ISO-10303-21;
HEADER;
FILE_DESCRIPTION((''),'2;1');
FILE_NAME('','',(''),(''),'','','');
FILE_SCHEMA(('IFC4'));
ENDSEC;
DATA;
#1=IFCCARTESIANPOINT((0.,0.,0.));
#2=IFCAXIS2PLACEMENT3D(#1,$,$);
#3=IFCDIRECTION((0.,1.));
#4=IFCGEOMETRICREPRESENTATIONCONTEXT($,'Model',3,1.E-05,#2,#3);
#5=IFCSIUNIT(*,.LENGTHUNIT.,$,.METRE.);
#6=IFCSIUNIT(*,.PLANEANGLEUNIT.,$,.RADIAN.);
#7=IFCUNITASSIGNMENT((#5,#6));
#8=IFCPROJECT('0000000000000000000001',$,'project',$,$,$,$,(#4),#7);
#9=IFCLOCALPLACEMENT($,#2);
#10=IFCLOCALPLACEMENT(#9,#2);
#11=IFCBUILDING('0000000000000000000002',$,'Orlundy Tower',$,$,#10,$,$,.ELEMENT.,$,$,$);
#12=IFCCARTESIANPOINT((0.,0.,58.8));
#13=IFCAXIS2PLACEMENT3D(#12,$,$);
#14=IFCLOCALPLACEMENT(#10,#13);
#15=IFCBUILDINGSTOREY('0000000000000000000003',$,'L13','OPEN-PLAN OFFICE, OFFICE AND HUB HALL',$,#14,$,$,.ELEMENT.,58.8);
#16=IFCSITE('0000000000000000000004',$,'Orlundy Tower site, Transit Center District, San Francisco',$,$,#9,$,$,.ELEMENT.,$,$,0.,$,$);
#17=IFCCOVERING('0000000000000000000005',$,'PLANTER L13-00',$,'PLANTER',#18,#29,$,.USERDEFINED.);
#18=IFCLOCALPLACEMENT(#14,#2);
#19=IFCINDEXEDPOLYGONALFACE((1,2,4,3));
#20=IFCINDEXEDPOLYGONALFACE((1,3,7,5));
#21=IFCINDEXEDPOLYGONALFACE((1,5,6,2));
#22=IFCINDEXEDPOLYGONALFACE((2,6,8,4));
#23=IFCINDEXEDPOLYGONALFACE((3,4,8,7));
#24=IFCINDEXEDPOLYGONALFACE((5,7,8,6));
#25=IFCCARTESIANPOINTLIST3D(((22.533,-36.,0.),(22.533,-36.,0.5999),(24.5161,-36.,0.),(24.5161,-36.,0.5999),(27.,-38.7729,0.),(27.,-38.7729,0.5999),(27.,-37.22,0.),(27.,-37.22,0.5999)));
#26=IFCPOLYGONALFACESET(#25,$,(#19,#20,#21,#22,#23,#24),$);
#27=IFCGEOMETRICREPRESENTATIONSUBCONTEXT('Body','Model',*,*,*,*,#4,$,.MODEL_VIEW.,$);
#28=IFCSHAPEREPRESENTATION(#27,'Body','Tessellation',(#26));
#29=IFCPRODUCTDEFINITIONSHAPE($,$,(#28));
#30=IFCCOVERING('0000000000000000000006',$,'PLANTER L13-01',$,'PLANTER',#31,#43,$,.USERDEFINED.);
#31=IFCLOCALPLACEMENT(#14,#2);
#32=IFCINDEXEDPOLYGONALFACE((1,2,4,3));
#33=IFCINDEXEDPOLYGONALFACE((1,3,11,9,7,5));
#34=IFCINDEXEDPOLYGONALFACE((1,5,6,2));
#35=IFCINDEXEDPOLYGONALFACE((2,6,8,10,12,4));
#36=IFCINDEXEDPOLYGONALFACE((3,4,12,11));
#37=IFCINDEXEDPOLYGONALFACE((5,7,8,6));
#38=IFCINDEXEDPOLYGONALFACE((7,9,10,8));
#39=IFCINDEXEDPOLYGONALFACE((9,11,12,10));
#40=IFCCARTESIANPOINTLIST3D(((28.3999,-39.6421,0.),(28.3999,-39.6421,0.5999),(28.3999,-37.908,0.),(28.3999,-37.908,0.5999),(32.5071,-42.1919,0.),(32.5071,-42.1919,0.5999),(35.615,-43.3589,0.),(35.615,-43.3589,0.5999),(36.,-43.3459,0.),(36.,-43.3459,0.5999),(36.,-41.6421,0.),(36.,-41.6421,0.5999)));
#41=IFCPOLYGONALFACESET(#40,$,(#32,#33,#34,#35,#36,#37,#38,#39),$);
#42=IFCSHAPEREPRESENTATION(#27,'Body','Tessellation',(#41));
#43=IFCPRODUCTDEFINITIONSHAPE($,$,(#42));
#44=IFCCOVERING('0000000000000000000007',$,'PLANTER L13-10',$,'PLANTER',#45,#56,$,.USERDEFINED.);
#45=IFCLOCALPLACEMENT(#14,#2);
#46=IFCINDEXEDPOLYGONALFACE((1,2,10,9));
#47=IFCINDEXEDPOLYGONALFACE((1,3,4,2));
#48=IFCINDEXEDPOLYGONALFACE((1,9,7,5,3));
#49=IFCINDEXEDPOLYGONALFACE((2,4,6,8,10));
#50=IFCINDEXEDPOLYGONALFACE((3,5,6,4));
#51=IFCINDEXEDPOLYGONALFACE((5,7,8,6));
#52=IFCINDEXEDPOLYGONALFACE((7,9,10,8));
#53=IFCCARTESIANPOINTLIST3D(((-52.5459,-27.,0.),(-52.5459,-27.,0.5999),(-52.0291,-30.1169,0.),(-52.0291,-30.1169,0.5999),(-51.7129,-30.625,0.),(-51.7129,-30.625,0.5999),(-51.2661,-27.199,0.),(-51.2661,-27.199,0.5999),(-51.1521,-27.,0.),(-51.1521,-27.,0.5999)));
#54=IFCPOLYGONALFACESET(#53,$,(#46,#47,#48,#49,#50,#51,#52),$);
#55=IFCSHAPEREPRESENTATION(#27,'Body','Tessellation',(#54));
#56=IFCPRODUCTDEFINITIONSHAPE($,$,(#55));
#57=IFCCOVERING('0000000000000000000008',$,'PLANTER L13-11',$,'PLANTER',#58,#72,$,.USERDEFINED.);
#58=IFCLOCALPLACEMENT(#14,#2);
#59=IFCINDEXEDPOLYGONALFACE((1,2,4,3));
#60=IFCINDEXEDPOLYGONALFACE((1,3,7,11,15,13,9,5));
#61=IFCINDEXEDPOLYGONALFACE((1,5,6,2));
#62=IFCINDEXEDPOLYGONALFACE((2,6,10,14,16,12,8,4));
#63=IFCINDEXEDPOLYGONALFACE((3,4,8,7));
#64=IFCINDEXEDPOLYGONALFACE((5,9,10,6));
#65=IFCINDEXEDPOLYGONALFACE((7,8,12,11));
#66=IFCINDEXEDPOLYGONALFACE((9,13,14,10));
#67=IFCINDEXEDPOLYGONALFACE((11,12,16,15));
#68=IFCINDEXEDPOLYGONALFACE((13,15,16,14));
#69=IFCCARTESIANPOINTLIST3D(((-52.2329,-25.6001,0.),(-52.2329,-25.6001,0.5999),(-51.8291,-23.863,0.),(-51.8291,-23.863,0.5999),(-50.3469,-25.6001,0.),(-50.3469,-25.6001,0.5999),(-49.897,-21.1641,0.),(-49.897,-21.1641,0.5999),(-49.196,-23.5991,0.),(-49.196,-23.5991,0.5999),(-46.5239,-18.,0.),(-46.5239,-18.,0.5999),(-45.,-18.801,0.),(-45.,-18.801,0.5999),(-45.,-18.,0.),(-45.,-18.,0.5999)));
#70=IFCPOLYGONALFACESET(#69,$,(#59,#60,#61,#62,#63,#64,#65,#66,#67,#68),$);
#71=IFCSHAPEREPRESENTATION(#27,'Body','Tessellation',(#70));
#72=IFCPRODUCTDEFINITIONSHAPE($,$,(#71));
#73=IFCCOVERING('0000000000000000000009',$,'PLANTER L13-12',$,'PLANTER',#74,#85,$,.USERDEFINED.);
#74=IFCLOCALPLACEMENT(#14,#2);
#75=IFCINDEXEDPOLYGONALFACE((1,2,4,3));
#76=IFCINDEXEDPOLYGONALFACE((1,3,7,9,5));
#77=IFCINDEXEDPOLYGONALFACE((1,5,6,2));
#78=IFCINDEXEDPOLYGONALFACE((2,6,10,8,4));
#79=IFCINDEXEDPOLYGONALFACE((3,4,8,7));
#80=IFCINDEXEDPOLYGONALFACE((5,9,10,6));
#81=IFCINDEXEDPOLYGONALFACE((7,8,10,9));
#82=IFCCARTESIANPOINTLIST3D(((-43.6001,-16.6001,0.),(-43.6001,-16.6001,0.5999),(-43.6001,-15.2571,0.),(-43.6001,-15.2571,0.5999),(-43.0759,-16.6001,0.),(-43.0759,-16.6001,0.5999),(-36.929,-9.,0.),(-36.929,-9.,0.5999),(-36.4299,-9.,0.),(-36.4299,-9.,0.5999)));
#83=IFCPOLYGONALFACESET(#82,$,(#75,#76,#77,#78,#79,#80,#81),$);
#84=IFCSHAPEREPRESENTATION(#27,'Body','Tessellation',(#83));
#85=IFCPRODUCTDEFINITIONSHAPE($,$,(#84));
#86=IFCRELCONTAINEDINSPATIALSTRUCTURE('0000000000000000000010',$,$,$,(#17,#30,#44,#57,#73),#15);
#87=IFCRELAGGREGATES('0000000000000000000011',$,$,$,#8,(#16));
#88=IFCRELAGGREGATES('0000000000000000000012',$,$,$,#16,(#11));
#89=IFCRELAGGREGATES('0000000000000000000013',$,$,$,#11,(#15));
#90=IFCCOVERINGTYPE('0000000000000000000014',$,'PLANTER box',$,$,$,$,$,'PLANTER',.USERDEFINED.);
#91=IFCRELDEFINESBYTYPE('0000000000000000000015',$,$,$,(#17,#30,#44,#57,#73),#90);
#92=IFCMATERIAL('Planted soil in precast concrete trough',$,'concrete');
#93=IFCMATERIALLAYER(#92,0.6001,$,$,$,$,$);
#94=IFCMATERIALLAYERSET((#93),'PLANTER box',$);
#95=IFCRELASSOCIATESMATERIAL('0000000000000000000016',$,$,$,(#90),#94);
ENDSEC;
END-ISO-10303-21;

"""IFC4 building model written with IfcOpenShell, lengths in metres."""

from ifc_helpers import new_model, si_unit, direction, frame, origin, place, context, subcontext, project, spatial, polyline, outline, extrude, material, layer, layer_set, type_object, element, save


model = new_model("IFC4")

# Units and contexts
model_context = context("Model", 3, precision=1e-05, world=origin(), true_north=direction((0.0, 1.0)))
body_context = subcontext(model_context, "Body", "Model", "MODEL_VIEW")
ifc_project = project(units=[si_unit("LENGTHUNIT", "METRE"), si_unit("PLANEANGLEUNIT", "RADIAN")], contexts=[model_context])

# Site, building, storey
site_placement = place(None, origin())
site = spatial("IfcSite", under=ifc_project, at=site_placement, Name="Orlundy Tower site, Transit Center District, San Francisco", CompositionType="ELEMENT", RefElevation=0.0)
building_placement = place(site_placement, origin())
building = spatial("IfcBuilding", under=site, at=building_placement, Name="Orlundy Tower", CompositionType="ELEMENT")
storey_placement = place(building_placement, frame((0.0, 0.0, 58.8)))
storey = spatial("IfcBuildingStorey", under=building, at=storey_placement, Name="L13", Description="OPEN-PLAN OFFICE, OFFICE AND HUB HALL", CompositionType="ELEMENT", Elevation=58.8)

# Coverings
ifc_material_1 = material(Name="Planted soil in precast concrete trough", Category="concrete")
ifc_layer_1 = layer(ifc_material_1, 0.6001)
ifc_layer_set_1 = layer_set([ifc_layer_1], Name="PLANTER box")
covering_type = type_object("IfcCoveringType", Name="PLANTER box", ElementType="PLANTER", PredefinedType="USERDEFINED", material=ifc_layer_set_1)
covering_1_placement = place(storey_placement, origin())
element("IfcCovering", 1, at=covering_1_placement, inside=storey, type_object=covering_type, Name="PLANTER L13-00", ObjectType="PLANTER", PredefinedType="USERDEFINED", context=body_context, shape_type="SweptSolid", body=[
    extrude(outline(polyline([(22.533, -36.0), (24.5161, -36.0), (27.0, -37.22), (27.0, -38.7729), (22.533, -36.0)])), origin(), (0.0, 0.0, 1.0), 0.5999),
])
covering_2_placement = place(storey_placement, origin())
element("IfcCovering", 2, at=covering_2_placement, inside=storey, type_object=covering_type, Name="PLANTER L13-01", ObjectType="PLANTER", PredefinedType="USERDEFINED", context=body_context, shape_type="SweptSolid", body=[
    extrude(outline(polyline([(35.615, -43.3589), (32.5071, -42.1919), (28.3999, -39.6421), (28.3999, -37.908), (36.0, -41.6421), (36.0, -43.3459), (35.615, -43.3589)])), origin(), (0.0, 0.0, 1.0), 0.5999),
])
covering_3_placement = place(storey_placement, origin())
element("IfcCovering", 3, at=covering_3_placement, inside=storey, type_object=covering_type, Name="PLANTER L13-10", ObjectType="PLANTER", PredefinedType="USERDEFINED", context=body_context, shape_type="SweptSolid", body=[
    extrude(outline(polyline([(-51.2661, -27.199), (-51.7129, -30.625), (-52.0291, -30.1169), (-52.5459, -27.0), (-51.1521, -27.0), (-51.2661, -27.199)])), origin(), (0.0, 0.0, 1.0), 0.5999),
])
covering_4_placement = place(storey_placement, origin())
element("IfcCovering", 4, at=covering_4_placement, inside=storey, type_object=covering_type, Name="PLANTER L13-11", ObjectType="PLANTER", PredefinedType="USERDEFINED", context=body_context, shape_type="SweptSolid", body=[
    extrude(outline(polyline([(-51.8291, -23.863), (-49.897, -21.1641), (-46.5239, -18.0), (-45.0, -18.0), (-45.0, -18.801), (-49.196, -23.5991), (-50.3469, -25.6001), (-52.2329, -25.6001), (-51.8291, -23.863)])), origin(), (0.0, 0.0, 1.0), 0.5999),
])
covering_5_placement = place(storey_placement, origin())
element("IfcCovering", 5, at=covering_5_placement, inside=storey, type_object=covering_type, Name="PLANTER L13-12", ObjectType="PLANTER", PredefinedType="USERDEFINED", context=body_context, shape_type="SweptSolid", body=[
    extrude(outline(polyline([(-36.929, -9.0), (-36.4299, -9.0), (-43.0759, -16.6001), (-43.6001, -16.6001), (-43.6001, -15.2571), (-36.929, -9.0)])), origin(), (0.0, 0.0, 1.0), 0.5999),
])

save(model, "model.ifc")
